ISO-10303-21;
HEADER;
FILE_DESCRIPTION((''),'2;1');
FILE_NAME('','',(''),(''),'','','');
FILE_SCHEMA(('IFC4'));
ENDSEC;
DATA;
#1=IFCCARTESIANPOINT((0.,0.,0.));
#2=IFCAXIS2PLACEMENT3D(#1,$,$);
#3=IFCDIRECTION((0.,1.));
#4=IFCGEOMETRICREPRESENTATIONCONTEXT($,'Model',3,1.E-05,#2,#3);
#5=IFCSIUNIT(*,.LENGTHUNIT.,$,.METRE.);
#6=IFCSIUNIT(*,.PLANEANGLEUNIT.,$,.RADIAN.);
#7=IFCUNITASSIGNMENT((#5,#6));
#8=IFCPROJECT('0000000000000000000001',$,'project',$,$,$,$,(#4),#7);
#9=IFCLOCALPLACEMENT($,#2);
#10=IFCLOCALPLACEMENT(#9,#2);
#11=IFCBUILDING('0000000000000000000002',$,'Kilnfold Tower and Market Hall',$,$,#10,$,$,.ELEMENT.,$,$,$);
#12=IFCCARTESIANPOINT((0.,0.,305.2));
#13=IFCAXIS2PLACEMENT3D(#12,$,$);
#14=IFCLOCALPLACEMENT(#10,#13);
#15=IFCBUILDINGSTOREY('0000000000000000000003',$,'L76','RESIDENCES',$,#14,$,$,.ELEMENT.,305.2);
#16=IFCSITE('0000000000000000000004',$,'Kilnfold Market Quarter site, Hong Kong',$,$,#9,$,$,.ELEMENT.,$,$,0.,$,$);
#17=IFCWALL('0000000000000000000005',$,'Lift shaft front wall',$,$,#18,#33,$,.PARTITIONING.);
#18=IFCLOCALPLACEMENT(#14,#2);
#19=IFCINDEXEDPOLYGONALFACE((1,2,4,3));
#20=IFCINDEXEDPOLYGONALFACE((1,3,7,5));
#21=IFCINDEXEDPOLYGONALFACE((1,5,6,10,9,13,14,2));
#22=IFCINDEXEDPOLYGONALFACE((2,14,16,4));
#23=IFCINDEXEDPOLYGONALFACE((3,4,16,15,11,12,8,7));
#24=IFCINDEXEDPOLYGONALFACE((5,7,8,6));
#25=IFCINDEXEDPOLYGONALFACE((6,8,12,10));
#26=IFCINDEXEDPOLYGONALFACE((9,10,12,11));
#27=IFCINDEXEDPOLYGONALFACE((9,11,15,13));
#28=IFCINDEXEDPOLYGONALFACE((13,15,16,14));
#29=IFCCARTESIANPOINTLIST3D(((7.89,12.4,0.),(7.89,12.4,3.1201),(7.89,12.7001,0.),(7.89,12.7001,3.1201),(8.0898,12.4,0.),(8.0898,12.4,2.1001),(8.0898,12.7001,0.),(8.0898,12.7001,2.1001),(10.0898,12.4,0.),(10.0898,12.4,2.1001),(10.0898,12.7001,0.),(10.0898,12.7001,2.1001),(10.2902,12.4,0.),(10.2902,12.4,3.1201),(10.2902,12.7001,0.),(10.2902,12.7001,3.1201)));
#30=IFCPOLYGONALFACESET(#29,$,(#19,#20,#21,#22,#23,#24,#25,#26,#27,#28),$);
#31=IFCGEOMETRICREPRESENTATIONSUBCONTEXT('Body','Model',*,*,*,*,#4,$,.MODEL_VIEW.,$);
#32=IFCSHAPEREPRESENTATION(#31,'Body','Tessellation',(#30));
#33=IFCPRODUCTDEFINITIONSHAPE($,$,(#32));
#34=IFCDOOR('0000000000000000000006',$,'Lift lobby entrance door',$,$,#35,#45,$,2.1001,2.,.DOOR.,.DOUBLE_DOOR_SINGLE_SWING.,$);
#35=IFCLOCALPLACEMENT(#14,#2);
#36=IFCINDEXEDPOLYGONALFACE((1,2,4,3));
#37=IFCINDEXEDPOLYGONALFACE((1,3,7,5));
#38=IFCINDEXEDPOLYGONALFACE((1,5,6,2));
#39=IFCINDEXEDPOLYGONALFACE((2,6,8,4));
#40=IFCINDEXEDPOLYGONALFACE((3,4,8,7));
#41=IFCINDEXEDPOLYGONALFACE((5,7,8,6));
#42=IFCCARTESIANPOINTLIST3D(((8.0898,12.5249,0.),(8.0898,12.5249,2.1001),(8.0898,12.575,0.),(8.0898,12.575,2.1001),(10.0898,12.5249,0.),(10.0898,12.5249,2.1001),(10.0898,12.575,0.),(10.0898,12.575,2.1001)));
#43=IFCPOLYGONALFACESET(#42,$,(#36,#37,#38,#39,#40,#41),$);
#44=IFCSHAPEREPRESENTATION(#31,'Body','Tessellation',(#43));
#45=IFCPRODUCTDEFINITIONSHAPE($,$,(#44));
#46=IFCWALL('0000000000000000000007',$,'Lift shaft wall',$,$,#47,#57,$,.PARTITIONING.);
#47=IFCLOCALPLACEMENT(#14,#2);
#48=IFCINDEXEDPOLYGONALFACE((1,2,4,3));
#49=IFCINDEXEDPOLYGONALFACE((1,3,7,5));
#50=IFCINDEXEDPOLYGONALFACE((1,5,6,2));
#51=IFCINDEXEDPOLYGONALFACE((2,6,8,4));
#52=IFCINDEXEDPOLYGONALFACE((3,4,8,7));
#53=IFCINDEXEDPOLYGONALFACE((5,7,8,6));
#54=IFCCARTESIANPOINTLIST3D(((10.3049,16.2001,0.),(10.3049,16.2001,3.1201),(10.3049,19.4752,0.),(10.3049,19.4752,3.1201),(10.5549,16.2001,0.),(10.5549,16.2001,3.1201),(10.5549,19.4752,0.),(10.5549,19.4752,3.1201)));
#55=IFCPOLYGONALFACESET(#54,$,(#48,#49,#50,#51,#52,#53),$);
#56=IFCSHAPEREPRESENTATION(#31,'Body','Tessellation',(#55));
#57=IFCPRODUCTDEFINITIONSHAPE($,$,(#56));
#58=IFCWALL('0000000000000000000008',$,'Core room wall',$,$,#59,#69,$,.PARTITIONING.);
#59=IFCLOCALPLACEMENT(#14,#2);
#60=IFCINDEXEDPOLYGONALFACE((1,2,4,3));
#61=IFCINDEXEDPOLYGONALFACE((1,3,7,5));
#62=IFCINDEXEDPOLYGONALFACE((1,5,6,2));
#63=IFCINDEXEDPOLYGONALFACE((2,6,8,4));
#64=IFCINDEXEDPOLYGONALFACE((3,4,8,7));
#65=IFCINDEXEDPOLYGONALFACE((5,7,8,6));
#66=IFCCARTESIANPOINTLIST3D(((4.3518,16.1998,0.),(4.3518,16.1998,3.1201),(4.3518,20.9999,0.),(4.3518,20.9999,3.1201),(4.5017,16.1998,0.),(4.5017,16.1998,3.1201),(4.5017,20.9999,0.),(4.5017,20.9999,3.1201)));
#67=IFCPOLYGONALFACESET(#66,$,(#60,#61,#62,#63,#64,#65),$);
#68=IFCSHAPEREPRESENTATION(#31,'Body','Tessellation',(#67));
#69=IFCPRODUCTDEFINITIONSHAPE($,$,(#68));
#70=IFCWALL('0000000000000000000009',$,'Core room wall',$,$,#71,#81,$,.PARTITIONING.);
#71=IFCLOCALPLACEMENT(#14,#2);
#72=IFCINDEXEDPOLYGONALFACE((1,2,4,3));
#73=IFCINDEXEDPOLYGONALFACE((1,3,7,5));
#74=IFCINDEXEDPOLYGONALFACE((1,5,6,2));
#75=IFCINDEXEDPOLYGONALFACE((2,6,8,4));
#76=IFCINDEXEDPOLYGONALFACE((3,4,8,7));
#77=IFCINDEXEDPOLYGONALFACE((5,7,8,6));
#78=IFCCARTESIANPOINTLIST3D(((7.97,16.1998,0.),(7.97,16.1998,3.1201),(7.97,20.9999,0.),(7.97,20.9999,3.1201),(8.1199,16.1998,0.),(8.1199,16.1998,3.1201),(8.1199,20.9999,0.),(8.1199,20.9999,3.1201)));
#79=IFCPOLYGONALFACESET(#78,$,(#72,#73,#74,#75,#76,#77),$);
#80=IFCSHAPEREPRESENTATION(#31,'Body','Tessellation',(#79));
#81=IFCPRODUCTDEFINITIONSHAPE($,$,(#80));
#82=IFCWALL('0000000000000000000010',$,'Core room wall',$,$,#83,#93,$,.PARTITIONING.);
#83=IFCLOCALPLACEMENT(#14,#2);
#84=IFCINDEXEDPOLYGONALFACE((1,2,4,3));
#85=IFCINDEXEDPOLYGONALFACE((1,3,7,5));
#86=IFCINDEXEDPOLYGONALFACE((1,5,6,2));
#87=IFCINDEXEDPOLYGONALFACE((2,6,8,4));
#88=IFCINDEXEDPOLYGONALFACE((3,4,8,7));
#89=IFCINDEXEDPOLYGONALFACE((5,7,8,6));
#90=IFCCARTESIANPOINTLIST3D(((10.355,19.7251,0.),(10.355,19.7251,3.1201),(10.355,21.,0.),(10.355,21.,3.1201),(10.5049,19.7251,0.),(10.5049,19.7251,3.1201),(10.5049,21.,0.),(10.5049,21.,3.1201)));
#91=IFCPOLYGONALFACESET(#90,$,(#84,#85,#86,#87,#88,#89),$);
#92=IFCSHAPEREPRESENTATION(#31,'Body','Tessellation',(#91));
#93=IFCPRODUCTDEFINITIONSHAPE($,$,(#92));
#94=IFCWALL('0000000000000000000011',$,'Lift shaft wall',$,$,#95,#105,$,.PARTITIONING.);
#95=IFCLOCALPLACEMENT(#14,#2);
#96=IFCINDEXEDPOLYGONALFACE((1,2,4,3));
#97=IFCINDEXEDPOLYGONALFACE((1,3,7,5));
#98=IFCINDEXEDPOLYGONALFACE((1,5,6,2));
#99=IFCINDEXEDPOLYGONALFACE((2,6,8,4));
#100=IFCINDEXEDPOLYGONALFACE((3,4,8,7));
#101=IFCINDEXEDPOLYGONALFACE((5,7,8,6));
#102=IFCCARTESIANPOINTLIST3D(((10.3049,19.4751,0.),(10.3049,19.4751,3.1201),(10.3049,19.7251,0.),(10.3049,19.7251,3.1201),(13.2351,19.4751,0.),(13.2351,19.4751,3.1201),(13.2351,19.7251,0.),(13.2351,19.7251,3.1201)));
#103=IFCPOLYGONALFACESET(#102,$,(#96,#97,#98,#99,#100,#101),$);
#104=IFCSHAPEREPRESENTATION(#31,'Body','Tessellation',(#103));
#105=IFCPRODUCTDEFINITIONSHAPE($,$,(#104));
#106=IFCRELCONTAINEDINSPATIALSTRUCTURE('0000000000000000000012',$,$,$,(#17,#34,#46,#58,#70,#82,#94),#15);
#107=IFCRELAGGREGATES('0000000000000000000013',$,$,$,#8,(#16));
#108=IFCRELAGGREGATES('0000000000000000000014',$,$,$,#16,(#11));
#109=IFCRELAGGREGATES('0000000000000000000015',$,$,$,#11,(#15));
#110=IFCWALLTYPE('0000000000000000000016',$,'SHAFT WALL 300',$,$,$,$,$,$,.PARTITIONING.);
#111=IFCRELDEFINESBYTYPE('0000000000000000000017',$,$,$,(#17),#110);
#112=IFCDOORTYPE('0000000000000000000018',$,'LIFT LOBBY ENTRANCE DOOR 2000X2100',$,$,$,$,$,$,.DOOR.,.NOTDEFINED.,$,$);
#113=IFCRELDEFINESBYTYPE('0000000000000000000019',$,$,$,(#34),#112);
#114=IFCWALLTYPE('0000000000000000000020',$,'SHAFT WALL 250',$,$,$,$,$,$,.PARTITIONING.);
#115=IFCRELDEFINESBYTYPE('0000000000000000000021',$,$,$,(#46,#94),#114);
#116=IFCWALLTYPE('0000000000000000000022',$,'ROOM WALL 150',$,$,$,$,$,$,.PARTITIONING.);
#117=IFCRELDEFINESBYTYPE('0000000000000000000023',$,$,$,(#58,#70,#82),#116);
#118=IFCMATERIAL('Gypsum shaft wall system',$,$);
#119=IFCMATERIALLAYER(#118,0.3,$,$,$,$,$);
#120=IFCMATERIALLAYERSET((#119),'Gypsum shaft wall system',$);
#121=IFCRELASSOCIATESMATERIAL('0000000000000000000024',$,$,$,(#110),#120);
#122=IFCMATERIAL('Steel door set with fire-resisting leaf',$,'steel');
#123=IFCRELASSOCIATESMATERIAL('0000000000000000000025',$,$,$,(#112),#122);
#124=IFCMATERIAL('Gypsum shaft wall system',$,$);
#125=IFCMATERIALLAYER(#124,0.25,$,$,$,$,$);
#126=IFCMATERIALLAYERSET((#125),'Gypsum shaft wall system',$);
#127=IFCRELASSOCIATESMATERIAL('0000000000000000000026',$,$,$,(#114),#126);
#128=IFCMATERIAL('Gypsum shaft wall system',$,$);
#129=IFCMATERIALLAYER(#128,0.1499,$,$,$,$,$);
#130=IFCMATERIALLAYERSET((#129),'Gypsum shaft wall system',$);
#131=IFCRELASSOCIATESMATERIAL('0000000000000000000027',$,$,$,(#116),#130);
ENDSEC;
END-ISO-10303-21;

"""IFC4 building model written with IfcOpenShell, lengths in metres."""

from ifc_helpers import new_model, si_unit, direction, frame, frame_2d, origin, place, context, subcontext, project, spatial, rectangle, extrude, source, transform, mapped, material, layer, layer_set, type_object, element, fill, save


model = new_model("IFC4")

# Units and contexts
model_context = context("Model", 3, precision=1e-05, world=origin(), true_north=direction((0.0, 1.0)))
body_context = subcontext(model_context, "Body", "Model", "MODEL_VIEW")
ifc_project = project(units=[si_unit("LENGTHUNIT", "METRE"), si_unit("PLANEANGLEUNIT", "RADIAN")], contexts=[model_context])

# Site, building, storey
site_placement = place(None, origin())
site = spatial("IfcSite", under=ifc_project, at=site_placement, Name="Kilnfold Market Quarter site, Hong Kong", CompositionType="ELEMENT", RefElevation=0.0)
building_placement = place(site_placement, origin())
building = spatial("IfcBuilding", under=site, at=building_placement, Name="Kilnfold Tower and Market Hall", CompositionType="ELEMENT")
storey_placement = place(building_placement, frame((0.0, 0.0, 305.2)))
storey = spatial("IfcBuildingStorey", under=building, at=storey_placement, Name="L76", Description="RESIDENCES", CompositionType="ELEMENT", Elevation=305.2)

# Wall, opening, door
ifc_material_1 = material(Name="Gypsum shaft wall system")
ifc_layer_1 = layer(ifc_material_1, 0.3)
ifc_layer_set_1 = layer_set([ifc_layer_1], Name="Gypsum shaft wall system")
wall_type_1 = type_object("IfcWallType", Name="SHAFT WALL 300", PredefinedType="PARTITIONING", material=ifc_layer_set_1)
shared_shape_1 = source(origin(), body_context, "Body", "SweptSolid", [
    extrude(rectangle(XDim=2.4001, YDim=0.3, at=frame_2d((1.2002, 0.0))), origin(), (0.0, 0.0, 1.0), 3.1201),
])
wall_1_placement = place(storey_placement, frame((7.8899, 12.55, 0.0), z_axis=(0.0, 0.0, 1.0), x_axis=(1.0, 0.0, 0.0)))
wall_1 = element("IfcWall", 1, at=wall_1_placement, inside=storey, type_object=wall_type_1, Name="Lift shaft front wall", PredefinedType="PARTITIONING", context=body_context, shape_type="MappedRepresentation", body=[
    mapped(shared_shape_1, transform((0.0, 0.0, 0.0))),
])
opening_1_placement = place(wall_1_placement, frame((0.2, 0.0, 0.0)))
opening_1 = element("IfcOpeningElement", 2, at=opening_1_placement, cuts=wall_1, PredefinedType="OPENING", context=body_context, shape_type="SweptSolid", body=[
    extrude(rectangle(XDim=2.0, YDim=2.1001, at=frame_2d((1.0, 1.05))), frame((0.0, 0.1602, 0.0), z_axis=(0.0, -1.0, 0.0), x_axis=(1.0, 0.0, 0.0)), (0.0, 0.0, 1.0), 0.3201),
])
ifc_material_2 = material(Name="Steel door set with fire-resisting leaf", Category="steel")
door_type_1 = type_object("IfcDoorType", Name="LIFT LOBBY ENTRANCE DOOR 2000X2100", OperationType="NOTDEFINED", PredefinedType="DOOR", material=ifc_material_2)
door_1_placement = place(opening_1_placement, origin())
door_1 = element("IfcDoor", 3, at=door_1_placement, inside=storey, type_object=door_type_1, Name="Lift lobby entrance door", OperationType="DOUBLE_DOOR_SINGLE_SWING", OverallHeight=2.1001, OverallWidth=2.0, PredefinedType="DOOR", context=body_context, shape_type="SweptSolid", body=[
    extrude(rectangle(XDim=2.0, YDim=2.1001, at=frame_2d((1.0, 1.05))), frame((0.0, 0.0249, 0.0), z_axis=(0.0, -1.0, 0.0), x_axis=(1.0, 0.0, 0.0)), (0.0, 0.0, 1.0), 0.05),
])
fill(opening_1, door_1)

# Walls
ifc_material_3 = material(Name="Gypsum shaft wall system")
ifc_layer_2 = layer(ifc_material_3, 0.25)
ifc_layer_set_2 = layer_set([ifc_layer_2], Name="Gypsum shaft wall system")
wall_type_2 = type_object("IfcWallType", Name="SHAFT WALL 250", PredefinedType="PARTITIONING", material=ifc_layer_set_2)
shared_shape_2 = source(origin(), body_context, "Body", "SweptSolid", [
    extrude(rectangle(XDim=3.2751, YDim=0.25, at=frame_2d((1.6377, 0.0))), origin(), (0.0, 0.0, 1.0), 3.1201),
])
wall_2_placement = place(storey_placement, frame((10.4299, 16.2, 0.0), z_axis=(0.0, 0.0, 1.0), x_axis=(0.0, 1.0, 0.0)))
element("IfcWall", 4, at=wall_2_placement, inside=storey, type_object=wall_type_2, Name="Lift shaft wall", PredefinedType="PARTITIONING", context=body_context, shape_type="MappedRepresentation", body=[
    mapped(shared_shape_2, transform((0.0, 0.0, 0.0))),
])
ifc_material_4 = material(Name="Gypsum shaft wall system")
ifc_layer_3 = layer(ifc_material_4, 0.1499)
ifc_layer_set_3 = layer_set([ifc_layer_3], Name="Gypsum shaft wall system")
wall_type_3 = type_object("IfcWallType", Name="ROOM WALL 150", PredefinedType="PARTITIONING", material=ifc_layer_set_3)
shared_shape_3 = source(origin(), body_context, "Body", "SweptSolid", [
    extrude(rectangle(XDim=4.8, YDim=0.1499, at=frame_2d((2.3999, 0.0))), origin(), (0.0, 0.0, 1.0), 3.1201),
])
for number, where, z_axis, x_axis, name in (
    (5, (4.4268, 16.2, 0.0), (0.0, 0.0, 1.0), (0.0, 1.0, 0.0), "Core room wall"),
    (6, (8.0449, 16.2, 0.0), (0.0, 0.0, 1.0), (0.0, 1.0, 0.0), "Core room wall"),
):
    element("IfcWall", number, at=place(storey_placement, frame(where, z_axis=z_axis, x_axis=x_axis)), inside=storey, type_object=wall_type_3, Name=name, PredefinedType="PARTITIONING", context=body_context, shape_type="MappedRepresentation", body=[
        mapped(shared_shape_3, transform((0.0, 0.0, 0.0))),
    ])
shared_shape_4 = source(origin(), body_context, "Body", "SweptSolid", [
    extrude(rectangle(XDim=1.2749, YDim=0.1499, at=frame_2d((0.6375, 0.0))), origin(), (0.0, 0.0, 1.0), 3.1201),
])
wall_3_placement = place(storey_placement, frame((10.4299, 19.7251, 0.0), z_axis=(0.0, 0.0, 1.0), x_axis=(0.0, 1.0, 0.0)))
element("IfcWall", 7, at=wall_3_placement, inside=storey, type_object=wall_type_3, Name="Core room wall", PredefinedType="PARTITIONING", context=body_context, shape_type="MappedRepresentation", body=[
    mapped(shared_shape_4, transform((0.0, 0.0, 0.0))),
])
shared_shape_5 = source(origin(), body_context, "Body", "SweptSolid", [
    extrude(rectangle(XDim=2.9302, YDim=0.25, at=frame_2d((1.4651, 0.0))), origin(), (0.0, 0.0, 1.0), 3.1201),
])
wall_4_placement = place(storey_placement, frame((10.3049, 19.6001, 0.0), z_axis=(0.0, 0.0, 1.0), x_axis=(1.0, 0.0, 0.0)))
element("IfcWall", 8, at=wall_4_placement, inside=storey, type_object=wall_type_2, Name="Lift shaft wall", PredefinedType="PARTITIONING", context=body_context, shape_type="MappedRepresentation", body=[
    mapped(shared_shape_5, transform((0.0, 0.0, 0.0))),
])

save(model, "model.ifc")
